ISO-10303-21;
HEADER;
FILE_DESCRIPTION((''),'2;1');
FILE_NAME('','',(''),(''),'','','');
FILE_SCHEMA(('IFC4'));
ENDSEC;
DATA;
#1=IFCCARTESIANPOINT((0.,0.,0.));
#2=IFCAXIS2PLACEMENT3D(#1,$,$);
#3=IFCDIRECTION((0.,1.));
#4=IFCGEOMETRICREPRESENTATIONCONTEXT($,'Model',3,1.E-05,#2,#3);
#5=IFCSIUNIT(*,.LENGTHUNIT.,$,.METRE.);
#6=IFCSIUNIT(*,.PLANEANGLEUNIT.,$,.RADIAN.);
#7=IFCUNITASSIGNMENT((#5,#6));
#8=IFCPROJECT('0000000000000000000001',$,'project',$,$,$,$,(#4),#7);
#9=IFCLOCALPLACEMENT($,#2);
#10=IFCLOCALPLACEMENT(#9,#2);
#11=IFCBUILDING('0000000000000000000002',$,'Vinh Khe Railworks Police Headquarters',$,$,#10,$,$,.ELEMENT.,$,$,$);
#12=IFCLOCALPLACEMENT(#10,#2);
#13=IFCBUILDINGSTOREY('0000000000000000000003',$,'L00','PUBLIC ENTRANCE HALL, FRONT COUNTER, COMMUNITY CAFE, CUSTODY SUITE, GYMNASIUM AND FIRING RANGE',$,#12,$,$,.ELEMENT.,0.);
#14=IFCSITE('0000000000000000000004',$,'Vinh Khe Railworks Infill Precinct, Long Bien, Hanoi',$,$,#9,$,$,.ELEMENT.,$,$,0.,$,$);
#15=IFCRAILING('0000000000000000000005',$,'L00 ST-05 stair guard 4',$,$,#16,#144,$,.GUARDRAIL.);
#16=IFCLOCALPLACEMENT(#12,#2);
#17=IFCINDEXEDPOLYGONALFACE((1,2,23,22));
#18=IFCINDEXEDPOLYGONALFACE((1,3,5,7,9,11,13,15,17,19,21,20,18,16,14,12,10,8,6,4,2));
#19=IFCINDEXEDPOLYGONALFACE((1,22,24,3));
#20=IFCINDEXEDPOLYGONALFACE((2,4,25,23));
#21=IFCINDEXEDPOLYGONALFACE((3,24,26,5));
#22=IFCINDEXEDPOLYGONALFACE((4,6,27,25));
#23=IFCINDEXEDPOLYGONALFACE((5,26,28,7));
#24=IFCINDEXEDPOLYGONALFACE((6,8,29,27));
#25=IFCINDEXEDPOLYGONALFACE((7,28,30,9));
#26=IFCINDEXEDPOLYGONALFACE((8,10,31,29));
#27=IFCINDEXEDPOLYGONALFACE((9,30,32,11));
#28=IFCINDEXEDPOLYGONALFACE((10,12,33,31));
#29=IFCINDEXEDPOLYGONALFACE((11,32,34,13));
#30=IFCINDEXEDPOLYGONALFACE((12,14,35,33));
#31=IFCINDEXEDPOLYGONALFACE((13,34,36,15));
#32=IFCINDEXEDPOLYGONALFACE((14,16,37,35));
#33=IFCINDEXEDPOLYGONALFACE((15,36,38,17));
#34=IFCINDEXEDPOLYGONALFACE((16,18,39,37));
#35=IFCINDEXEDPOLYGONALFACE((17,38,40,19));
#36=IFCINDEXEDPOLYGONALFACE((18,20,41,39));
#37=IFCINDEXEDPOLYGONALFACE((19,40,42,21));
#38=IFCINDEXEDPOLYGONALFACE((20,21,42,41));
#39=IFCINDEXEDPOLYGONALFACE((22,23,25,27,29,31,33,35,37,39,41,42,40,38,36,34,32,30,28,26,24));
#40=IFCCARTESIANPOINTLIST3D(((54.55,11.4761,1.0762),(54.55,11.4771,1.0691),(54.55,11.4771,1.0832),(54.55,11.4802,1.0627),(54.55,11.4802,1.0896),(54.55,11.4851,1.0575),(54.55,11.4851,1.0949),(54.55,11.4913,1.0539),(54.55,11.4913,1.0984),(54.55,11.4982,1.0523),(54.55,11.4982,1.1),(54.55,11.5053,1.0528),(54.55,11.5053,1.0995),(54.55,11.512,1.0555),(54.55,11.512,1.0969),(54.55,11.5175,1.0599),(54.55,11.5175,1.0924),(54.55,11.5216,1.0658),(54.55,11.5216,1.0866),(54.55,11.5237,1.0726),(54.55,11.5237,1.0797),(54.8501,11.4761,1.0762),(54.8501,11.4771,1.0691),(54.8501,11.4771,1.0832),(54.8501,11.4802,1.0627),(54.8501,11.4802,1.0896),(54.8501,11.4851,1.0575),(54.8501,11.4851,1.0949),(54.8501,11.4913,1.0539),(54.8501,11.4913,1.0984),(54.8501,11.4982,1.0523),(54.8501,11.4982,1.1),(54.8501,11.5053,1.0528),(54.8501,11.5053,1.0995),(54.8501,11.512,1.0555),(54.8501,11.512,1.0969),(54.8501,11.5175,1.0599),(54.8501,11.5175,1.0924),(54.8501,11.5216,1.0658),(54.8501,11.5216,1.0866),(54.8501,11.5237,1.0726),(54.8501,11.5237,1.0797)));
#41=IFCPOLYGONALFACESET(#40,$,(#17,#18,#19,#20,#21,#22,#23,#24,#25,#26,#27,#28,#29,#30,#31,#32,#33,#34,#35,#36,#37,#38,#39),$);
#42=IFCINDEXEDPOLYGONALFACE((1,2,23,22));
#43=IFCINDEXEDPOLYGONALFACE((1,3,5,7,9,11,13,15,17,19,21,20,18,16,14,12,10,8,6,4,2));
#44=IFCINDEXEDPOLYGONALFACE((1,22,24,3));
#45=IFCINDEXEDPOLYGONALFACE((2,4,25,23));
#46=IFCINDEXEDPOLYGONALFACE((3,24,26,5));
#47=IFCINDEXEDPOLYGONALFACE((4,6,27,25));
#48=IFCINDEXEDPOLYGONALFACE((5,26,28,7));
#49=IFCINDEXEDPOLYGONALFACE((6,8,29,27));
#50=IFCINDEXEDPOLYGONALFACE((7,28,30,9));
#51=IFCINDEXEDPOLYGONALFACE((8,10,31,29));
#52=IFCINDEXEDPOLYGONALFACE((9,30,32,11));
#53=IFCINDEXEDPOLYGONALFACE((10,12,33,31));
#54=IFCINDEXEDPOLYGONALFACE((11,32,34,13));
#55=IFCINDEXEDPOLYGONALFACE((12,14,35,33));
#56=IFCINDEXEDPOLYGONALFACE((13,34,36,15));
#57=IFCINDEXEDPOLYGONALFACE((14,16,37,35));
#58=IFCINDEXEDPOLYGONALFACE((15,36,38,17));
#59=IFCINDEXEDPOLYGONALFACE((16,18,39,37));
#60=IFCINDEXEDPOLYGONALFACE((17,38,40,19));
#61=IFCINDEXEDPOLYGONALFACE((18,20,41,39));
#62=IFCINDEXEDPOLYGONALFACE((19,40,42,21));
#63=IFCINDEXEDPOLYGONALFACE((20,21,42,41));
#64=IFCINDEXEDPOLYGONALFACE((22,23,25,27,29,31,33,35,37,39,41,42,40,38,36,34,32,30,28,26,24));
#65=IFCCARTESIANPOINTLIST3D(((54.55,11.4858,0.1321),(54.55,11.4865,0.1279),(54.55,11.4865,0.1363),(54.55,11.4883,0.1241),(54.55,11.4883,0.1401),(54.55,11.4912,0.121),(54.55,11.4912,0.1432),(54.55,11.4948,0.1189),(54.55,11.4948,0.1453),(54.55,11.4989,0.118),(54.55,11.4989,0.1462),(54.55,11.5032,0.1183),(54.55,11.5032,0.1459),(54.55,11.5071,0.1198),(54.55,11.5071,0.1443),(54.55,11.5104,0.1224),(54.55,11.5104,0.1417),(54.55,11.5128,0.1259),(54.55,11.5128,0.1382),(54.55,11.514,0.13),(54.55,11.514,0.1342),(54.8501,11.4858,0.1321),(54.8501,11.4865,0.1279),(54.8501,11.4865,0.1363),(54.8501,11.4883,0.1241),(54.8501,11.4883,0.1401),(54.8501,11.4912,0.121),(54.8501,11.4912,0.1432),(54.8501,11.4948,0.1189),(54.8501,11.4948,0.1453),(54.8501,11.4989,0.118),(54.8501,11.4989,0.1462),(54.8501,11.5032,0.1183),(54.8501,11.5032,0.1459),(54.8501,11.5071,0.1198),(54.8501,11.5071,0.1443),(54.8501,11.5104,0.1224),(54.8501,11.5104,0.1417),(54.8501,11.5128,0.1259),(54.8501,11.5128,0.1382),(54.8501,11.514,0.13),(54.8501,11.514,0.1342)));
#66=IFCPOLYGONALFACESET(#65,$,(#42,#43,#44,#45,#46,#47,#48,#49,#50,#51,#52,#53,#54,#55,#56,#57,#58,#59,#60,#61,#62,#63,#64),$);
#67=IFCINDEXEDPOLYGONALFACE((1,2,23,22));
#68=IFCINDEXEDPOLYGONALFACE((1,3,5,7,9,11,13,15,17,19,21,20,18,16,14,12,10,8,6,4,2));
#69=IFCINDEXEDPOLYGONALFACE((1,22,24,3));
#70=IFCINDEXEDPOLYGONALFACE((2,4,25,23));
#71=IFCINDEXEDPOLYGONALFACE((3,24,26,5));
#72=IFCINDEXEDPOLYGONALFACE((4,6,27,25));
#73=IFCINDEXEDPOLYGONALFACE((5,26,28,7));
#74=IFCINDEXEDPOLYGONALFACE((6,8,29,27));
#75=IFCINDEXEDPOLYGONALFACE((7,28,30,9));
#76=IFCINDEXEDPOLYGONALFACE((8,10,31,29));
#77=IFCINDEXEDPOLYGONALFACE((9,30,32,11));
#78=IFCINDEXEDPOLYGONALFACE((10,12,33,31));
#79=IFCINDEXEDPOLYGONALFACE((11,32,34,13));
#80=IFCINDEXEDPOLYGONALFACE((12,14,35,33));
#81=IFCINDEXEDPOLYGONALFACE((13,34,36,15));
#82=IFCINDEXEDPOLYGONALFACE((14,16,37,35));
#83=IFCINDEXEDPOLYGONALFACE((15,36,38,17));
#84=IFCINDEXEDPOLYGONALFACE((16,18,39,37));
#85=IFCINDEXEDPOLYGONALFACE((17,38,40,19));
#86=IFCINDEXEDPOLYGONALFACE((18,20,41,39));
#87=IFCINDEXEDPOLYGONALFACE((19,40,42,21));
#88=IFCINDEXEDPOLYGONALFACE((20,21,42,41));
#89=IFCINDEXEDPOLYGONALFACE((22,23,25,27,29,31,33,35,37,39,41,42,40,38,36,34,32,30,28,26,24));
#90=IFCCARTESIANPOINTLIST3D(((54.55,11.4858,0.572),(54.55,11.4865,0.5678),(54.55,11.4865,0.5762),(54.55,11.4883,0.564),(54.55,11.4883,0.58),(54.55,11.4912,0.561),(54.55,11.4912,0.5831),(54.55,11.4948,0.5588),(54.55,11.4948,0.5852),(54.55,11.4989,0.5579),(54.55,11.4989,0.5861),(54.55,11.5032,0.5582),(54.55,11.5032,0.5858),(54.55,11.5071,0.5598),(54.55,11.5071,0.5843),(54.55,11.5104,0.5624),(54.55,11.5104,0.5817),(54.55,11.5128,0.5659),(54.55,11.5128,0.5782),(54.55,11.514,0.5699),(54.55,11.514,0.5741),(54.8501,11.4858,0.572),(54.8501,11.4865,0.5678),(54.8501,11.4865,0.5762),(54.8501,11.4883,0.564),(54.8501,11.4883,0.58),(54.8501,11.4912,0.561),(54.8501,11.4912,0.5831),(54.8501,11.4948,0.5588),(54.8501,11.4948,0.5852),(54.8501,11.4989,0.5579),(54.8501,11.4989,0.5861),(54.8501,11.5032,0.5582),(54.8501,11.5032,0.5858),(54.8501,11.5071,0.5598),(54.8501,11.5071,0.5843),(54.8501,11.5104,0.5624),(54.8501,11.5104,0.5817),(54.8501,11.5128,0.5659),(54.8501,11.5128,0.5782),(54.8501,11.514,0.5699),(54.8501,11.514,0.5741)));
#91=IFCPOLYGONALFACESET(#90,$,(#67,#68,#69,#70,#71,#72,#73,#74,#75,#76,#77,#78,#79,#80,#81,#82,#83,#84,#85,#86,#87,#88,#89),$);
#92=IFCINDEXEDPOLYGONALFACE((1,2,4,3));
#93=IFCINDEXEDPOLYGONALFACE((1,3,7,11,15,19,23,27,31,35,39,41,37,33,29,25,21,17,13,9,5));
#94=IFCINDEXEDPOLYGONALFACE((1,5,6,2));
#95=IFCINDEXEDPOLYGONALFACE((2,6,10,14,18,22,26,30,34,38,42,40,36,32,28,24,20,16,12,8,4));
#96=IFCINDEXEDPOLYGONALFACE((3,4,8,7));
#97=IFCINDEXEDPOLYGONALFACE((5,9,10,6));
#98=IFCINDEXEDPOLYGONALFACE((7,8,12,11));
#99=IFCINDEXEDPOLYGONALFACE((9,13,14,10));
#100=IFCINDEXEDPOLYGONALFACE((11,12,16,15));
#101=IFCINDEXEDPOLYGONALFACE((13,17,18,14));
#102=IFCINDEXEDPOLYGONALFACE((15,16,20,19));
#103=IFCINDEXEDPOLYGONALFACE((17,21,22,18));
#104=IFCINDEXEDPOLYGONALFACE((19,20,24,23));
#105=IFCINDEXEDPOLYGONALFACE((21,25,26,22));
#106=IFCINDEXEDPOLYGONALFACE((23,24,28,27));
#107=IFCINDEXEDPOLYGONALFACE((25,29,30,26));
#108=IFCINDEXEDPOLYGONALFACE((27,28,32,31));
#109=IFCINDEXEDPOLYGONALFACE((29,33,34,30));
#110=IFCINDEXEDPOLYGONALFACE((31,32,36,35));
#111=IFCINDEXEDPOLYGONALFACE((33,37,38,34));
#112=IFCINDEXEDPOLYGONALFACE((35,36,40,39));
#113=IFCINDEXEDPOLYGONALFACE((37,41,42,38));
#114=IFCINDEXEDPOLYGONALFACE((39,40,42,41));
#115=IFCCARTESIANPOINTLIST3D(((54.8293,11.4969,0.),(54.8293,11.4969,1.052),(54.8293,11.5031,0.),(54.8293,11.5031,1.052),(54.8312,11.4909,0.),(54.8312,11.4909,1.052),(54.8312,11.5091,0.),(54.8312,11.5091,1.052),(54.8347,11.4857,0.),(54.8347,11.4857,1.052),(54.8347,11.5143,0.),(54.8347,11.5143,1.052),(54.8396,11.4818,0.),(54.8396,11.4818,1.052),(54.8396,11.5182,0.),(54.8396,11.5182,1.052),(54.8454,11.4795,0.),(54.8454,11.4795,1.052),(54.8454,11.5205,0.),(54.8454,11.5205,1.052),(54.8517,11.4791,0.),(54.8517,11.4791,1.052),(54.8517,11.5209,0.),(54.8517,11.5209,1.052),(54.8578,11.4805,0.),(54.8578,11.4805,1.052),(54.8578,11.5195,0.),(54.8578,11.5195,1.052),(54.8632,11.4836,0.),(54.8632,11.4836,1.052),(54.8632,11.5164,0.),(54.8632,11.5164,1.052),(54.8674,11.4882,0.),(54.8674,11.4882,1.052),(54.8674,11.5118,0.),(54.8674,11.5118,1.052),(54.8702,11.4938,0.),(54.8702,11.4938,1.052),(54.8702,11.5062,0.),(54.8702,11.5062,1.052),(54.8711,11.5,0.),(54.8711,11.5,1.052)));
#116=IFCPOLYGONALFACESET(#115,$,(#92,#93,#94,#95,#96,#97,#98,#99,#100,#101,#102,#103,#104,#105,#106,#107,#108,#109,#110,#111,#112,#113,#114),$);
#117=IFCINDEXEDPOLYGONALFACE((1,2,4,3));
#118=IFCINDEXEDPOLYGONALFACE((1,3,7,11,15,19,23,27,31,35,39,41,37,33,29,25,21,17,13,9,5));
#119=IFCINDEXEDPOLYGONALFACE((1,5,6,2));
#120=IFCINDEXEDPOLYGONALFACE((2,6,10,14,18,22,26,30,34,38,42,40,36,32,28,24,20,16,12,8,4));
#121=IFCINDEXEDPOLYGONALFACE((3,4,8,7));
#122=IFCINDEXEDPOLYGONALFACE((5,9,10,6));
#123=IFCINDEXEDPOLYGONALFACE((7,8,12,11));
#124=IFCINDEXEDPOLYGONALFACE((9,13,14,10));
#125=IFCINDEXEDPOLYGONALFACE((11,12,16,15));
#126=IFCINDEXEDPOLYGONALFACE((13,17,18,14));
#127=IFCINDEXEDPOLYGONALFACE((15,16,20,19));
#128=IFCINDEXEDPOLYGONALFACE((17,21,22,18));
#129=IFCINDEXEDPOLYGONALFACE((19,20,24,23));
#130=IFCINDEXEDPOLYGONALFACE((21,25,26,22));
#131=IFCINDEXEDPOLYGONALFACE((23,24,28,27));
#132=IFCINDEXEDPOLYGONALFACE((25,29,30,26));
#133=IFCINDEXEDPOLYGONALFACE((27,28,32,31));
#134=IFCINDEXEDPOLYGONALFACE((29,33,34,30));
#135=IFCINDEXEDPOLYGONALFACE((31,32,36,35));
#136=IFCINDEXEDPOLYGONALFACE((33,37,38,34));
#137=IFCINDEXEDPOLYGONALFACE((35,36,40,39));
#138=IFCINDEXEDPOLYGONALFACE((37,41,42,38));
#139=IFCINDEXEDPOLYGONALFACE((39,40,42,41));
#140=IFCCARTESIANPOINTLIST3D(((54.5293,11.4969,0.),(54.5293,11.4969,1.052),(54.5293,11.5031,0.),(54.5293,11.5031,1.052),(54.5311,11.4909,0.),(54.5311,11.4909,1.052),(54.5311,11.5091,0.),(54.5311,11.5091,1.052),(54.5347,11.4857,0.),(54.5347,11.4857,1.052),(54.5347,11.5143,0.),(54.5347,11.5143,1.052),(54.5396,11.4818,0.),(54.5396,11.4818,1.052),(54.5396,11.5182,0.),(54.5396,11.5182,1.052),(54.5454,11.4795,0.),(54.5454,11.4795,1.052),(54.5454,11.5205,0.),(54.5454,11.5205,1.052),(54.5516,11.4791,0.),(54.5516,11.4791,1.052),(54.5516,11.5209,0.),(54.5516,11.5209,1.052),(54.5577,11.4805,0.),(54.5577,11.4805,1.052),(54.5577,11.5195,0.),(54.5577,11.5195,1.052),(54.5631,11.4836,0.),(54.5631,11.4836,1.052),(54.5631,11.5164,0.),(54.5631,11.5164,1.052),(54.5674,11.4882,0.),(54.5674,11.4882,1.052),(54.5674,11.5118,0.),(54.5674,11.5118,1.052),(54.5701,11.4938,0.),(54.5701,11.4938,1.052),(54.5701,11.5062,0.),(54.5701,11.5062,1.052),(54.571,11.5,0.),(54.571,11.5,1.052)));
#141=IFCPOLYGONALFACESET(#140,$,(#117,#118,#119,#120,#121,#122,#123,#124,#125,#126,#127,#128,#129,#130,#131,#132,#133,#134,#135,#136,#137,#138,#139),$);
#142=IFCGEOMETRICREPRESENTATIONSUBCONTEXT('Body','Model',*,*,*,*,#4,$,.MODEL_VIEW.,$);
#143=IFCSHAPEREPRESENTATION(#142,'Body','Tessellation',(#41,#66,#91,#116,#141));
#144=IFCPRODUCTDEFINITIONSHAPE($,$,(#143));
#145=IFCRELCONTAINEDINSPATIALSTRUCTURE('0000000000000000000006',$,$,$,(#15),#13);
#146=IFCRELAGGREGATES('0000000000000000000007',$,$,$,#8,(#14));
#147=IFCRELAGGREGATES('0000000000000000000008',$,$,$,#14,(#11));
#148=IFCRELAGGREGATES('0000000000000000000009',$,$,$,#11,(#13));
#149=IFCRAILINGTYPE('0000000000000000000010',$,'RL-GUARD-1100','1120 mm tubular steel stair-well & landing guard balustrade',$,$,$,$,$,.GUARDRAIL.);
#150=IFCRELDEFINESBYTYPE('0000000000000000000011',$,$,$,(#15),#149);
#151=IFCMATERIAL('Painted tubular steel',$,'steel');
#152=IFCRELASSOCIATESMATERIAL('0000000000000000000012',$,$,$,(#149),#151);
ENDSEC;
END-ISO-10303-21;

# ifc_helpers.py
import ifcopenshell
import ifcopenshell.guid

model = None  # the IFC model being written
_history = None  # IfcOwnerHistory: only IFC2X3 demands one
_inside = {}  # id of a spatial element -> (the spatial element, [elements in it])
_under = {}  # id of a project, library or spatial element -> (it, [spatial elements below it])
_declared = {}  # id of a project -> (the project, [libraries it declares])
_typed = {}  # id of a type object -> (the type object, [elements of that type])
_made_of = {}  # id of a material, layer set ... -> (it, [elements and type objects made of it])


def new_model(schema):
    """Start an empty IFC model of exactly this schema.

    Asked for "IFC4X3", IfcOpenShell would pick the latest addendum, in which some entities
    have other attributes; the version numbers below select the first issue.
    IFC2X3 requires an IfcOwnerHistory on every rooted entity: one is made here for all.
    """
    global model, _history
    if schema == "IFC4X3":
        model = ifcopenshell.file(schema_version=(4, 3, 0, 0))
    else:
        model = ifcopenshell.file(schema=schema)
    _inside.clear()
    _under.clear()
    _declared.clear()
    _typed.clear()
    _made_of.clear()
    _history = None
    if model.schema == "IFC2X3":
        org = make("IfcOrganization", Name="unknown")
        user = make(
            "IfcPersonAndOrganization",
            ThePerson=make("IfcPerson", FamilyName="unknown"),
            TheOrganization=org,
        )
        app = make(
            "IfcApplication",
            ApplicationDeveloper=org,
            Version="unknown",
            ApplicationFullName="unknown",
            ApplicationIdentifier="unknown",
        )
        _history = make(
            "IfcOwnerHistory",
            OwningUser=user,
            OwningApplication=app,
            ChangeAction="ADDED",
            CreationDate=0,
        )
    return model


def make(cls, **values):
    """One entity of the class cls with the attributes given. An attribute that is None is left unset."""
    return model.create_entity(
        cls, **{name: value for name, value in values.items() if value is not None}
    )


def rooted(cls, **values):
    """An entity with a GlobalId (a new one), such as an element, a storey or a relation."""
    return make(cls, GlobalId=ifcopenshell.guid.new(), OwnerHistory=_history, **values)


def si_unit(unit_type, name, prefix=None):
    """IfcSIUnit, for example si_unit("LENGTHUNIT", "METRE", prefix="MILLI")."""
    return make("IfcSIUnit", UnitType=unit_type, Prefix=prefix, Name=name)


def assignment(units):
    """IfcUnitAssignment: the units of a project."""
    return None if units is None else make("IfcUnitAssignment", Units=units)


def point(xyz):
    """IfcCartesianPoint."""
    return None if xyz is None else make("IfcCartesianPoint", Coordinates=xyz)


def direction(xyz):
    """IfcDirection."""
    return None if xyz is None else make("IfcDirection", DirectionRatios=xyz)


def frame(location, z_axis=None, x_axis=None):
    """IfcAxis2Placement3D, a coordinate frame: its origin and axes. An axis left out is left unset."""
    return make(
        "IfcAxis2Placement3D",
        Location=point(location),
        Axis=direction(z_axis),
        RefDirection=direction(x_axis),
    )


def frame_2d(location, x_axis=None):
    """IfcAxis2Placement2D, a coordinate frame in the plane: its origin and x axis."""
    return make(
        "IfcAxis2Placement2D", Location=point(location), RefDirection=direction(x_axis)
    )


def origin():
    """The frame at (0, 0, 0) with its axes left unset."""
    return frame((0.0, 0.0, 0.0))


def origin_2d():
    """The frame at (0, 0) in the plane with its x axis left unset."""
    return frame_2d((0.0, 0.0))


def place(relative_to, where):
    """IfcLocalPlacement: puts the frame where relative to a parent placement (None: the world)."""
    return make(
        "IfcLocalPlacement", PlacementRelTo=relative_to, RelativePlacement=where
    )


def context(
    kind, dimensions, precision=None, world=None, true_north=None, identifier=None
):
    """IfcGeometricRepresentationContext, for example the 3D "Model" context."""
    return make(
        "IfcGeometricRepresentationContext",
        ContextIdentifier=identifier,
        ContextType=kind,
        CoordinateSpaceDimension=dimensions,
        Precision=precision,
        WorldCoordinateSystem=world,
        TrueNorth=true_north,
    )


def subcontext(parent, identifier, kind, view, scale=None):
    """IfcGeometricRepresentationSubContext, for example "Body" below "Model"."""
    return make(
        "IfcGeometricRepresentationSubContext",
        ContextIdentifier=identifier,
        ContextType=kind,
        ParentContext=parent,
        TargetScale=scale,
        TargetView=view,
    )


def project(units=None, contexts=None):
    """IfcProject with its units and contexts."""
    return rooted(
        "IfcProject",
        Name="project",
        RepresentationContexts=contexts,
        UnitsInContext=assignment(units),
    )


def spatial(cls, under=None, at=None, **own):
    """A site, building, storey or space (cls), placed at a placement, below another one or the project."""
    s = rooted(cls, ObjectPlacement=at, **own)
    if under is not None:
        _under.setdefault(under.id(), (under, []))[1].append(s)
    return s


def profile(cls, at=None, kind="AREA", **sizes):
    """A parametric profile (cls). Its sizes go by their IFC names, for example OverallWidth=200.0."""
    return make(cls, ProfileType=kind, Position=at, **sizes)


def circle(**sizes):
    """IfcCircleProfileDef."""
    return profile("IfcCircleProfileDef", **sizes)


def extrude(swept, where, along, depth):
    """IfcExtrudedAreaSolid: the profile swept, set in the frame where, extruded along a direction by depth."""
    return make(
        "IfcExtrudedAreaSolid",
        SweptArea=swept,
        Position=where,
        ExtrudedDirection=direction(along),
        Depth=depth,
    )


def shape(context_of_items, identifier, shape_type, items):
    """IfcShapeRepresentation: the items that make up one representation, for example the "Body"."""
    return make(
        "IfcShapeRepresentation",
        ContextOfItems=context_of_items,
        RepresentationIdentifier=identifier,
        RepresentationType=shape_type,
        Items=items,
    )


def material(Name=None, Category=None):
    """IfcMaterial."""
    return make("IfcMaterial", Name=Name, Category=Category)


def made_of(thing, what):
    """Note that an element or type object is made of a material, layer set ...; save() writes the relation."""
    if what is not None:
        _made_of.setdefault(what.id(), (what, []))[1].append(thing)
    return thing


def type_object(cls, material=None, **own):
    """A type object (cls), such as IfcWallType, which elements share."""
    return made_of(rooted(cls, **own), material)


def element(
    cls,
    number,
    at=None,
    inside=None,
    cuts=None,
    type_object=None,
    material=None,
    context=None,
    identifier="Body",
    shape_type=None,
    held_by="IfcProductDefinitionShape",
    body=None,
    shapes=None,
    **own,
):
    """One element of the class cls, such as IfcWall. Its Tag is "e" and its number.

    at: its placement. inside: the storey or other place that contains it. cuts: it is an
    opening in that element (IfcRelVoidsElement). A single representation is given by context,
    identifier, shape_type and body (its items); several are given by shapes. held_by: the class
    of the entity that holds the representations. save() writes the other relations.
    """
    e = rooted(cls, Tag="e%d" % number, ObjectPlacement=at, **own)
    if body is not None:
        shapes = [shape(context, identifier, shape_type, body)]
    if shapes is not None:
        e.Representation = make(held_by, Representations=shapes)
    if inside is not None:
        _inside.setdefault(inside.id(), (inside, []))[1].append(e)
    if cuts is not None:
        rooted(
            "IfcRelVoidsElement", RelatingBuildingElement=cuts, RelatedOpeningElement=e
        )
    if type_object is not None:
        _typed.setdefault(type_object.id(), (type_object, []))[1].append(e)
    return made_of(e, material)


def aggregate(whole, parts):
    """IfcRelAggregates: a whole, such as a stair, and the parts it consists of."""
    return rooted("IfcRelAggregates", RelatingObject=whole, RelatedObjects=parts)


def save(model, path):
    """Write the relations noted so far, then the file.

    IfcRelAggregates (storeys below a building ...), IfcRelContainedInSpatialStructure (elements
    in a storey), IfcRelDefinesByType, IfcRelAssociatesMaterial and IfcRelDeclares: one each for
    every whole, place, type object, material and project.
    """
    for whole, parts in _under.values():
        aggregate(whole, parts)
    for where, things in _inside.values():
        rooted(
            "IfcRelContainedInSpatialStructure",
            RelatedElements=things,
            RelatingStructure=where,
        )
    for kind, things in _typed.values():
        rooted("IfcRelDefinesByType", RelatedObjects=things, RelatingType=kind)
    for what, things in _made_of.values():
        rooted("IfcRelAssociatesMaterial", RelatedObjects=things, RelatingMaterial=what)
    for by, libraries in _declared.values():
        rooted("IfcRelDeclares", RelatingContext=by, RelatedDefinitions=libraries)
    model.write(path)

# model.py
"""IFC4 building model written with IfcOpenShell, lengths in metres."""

from ifc_helpers import new_model, si_unit, direction, frame, origin, origin_2d, place, context, subcontext, project, spatial, circle, extrude, material, type_object, element, save


model = new_model("IFC4")

# Units and contexts
model_context = context("Model", 3, precision=1e-05, world=origin(), true_north=direction((0.0, 1.0)))
body_context = subcontext(model_context, "Body", "Model", "MODEL_VIEW")
ifc_project = project(units=[si_unit("LENGTHUNIT", "METRE"), si_unit("PLANEANGLEUNIT", "RADIAN")], contexts=[model_context])

# Site, building, storey
site_placement = place(None, origin())
site = spatial("IfcSite", under=ifc_project, at=site_placement, Name="Vinh Khe Railworks Infill Precinct, Long Bien, Hanoi", CompositionType="ELEMENT", RefElevation=0.0)
building_placement = place(site_placement, origin())
building = spatial("IfcBuilding", under=site, at=building_placement, Name="Vinh Khe Railworks Police Headquarters", CompositionType="ELEMENT")
storey_placement = place(building_placement, origin())
storey = spatial("IfcBuildingStorey", under=building, at=storey_placement, Name="L00", Description="PUBLIC ENTRANCE HALL, FRONT COUNTER, COMMUNITY CAFE, CUSTODY SUITE, GYMNASIUM AND FIRING RANGE", CompositionType="ELEMENT", Elevation=0.0)

# Railing
ifc_material_1 = material(Name="Painted tubular steel", Category="steel")
railing_type_1 = type_object("IfcRailingType", Name="RL-GUARD-1100", Description="1120 mm tubular steel stair-well & landing guard balustrade", PredefinedType="GUARDRAIL", material=ifc_material_1)
railing_1_placement = place(storey_placement, frame((54.8501, 11.5, 0.0)))
element("IfcRailing", 1, at=railing_1_placement, inside=storey, type_object=railing_type_1, Name="L00 ST-05 stair guard 4", PredefinedType="GUARDRAIL", context=body_context, shape_type="SweptSolid", body=[
    extrude(circle(Radius=0.0239, at=origin_2d()), frame((0.0, 0.0, 1.0762), z_axis=(-1.0, 0.0, 0.0), x_axis=(0.0, -1.0, 0.0)), (0.0, 0.0, 1.0), 0.3),
    extrude(circle(Radius=0.0142, at=origin_2d()), frame((0.0, 0.0, 0.1321), z_axis=(-1.0, 0.0, 0.0), x_axis=(0.0, -1.0, 0.0)), (0.0, 0.0, 1.0), 0.3),
    extrude(circle(Radius=0.0142, at=origin_2d()), frame((0.0, 0.0, 0.572), z_axis=(-1.0, 0.0, 0.0), x_axis=(0.0, -1.0, 0.0)), (0.0, 0.0, 1.0), 0.3),
    extrude(circle(Radius=0.021, at=origin_2d()), origin(), (0.0, 0.0, 1.0), 1.052),
    extrude(circle(Radius=0.021, at=origin_2d()), frame((-0.3, 0.0, 0.0)), (0.0, 0.0, 1.0), 1.052),
])

save(model, "model.ifc")
